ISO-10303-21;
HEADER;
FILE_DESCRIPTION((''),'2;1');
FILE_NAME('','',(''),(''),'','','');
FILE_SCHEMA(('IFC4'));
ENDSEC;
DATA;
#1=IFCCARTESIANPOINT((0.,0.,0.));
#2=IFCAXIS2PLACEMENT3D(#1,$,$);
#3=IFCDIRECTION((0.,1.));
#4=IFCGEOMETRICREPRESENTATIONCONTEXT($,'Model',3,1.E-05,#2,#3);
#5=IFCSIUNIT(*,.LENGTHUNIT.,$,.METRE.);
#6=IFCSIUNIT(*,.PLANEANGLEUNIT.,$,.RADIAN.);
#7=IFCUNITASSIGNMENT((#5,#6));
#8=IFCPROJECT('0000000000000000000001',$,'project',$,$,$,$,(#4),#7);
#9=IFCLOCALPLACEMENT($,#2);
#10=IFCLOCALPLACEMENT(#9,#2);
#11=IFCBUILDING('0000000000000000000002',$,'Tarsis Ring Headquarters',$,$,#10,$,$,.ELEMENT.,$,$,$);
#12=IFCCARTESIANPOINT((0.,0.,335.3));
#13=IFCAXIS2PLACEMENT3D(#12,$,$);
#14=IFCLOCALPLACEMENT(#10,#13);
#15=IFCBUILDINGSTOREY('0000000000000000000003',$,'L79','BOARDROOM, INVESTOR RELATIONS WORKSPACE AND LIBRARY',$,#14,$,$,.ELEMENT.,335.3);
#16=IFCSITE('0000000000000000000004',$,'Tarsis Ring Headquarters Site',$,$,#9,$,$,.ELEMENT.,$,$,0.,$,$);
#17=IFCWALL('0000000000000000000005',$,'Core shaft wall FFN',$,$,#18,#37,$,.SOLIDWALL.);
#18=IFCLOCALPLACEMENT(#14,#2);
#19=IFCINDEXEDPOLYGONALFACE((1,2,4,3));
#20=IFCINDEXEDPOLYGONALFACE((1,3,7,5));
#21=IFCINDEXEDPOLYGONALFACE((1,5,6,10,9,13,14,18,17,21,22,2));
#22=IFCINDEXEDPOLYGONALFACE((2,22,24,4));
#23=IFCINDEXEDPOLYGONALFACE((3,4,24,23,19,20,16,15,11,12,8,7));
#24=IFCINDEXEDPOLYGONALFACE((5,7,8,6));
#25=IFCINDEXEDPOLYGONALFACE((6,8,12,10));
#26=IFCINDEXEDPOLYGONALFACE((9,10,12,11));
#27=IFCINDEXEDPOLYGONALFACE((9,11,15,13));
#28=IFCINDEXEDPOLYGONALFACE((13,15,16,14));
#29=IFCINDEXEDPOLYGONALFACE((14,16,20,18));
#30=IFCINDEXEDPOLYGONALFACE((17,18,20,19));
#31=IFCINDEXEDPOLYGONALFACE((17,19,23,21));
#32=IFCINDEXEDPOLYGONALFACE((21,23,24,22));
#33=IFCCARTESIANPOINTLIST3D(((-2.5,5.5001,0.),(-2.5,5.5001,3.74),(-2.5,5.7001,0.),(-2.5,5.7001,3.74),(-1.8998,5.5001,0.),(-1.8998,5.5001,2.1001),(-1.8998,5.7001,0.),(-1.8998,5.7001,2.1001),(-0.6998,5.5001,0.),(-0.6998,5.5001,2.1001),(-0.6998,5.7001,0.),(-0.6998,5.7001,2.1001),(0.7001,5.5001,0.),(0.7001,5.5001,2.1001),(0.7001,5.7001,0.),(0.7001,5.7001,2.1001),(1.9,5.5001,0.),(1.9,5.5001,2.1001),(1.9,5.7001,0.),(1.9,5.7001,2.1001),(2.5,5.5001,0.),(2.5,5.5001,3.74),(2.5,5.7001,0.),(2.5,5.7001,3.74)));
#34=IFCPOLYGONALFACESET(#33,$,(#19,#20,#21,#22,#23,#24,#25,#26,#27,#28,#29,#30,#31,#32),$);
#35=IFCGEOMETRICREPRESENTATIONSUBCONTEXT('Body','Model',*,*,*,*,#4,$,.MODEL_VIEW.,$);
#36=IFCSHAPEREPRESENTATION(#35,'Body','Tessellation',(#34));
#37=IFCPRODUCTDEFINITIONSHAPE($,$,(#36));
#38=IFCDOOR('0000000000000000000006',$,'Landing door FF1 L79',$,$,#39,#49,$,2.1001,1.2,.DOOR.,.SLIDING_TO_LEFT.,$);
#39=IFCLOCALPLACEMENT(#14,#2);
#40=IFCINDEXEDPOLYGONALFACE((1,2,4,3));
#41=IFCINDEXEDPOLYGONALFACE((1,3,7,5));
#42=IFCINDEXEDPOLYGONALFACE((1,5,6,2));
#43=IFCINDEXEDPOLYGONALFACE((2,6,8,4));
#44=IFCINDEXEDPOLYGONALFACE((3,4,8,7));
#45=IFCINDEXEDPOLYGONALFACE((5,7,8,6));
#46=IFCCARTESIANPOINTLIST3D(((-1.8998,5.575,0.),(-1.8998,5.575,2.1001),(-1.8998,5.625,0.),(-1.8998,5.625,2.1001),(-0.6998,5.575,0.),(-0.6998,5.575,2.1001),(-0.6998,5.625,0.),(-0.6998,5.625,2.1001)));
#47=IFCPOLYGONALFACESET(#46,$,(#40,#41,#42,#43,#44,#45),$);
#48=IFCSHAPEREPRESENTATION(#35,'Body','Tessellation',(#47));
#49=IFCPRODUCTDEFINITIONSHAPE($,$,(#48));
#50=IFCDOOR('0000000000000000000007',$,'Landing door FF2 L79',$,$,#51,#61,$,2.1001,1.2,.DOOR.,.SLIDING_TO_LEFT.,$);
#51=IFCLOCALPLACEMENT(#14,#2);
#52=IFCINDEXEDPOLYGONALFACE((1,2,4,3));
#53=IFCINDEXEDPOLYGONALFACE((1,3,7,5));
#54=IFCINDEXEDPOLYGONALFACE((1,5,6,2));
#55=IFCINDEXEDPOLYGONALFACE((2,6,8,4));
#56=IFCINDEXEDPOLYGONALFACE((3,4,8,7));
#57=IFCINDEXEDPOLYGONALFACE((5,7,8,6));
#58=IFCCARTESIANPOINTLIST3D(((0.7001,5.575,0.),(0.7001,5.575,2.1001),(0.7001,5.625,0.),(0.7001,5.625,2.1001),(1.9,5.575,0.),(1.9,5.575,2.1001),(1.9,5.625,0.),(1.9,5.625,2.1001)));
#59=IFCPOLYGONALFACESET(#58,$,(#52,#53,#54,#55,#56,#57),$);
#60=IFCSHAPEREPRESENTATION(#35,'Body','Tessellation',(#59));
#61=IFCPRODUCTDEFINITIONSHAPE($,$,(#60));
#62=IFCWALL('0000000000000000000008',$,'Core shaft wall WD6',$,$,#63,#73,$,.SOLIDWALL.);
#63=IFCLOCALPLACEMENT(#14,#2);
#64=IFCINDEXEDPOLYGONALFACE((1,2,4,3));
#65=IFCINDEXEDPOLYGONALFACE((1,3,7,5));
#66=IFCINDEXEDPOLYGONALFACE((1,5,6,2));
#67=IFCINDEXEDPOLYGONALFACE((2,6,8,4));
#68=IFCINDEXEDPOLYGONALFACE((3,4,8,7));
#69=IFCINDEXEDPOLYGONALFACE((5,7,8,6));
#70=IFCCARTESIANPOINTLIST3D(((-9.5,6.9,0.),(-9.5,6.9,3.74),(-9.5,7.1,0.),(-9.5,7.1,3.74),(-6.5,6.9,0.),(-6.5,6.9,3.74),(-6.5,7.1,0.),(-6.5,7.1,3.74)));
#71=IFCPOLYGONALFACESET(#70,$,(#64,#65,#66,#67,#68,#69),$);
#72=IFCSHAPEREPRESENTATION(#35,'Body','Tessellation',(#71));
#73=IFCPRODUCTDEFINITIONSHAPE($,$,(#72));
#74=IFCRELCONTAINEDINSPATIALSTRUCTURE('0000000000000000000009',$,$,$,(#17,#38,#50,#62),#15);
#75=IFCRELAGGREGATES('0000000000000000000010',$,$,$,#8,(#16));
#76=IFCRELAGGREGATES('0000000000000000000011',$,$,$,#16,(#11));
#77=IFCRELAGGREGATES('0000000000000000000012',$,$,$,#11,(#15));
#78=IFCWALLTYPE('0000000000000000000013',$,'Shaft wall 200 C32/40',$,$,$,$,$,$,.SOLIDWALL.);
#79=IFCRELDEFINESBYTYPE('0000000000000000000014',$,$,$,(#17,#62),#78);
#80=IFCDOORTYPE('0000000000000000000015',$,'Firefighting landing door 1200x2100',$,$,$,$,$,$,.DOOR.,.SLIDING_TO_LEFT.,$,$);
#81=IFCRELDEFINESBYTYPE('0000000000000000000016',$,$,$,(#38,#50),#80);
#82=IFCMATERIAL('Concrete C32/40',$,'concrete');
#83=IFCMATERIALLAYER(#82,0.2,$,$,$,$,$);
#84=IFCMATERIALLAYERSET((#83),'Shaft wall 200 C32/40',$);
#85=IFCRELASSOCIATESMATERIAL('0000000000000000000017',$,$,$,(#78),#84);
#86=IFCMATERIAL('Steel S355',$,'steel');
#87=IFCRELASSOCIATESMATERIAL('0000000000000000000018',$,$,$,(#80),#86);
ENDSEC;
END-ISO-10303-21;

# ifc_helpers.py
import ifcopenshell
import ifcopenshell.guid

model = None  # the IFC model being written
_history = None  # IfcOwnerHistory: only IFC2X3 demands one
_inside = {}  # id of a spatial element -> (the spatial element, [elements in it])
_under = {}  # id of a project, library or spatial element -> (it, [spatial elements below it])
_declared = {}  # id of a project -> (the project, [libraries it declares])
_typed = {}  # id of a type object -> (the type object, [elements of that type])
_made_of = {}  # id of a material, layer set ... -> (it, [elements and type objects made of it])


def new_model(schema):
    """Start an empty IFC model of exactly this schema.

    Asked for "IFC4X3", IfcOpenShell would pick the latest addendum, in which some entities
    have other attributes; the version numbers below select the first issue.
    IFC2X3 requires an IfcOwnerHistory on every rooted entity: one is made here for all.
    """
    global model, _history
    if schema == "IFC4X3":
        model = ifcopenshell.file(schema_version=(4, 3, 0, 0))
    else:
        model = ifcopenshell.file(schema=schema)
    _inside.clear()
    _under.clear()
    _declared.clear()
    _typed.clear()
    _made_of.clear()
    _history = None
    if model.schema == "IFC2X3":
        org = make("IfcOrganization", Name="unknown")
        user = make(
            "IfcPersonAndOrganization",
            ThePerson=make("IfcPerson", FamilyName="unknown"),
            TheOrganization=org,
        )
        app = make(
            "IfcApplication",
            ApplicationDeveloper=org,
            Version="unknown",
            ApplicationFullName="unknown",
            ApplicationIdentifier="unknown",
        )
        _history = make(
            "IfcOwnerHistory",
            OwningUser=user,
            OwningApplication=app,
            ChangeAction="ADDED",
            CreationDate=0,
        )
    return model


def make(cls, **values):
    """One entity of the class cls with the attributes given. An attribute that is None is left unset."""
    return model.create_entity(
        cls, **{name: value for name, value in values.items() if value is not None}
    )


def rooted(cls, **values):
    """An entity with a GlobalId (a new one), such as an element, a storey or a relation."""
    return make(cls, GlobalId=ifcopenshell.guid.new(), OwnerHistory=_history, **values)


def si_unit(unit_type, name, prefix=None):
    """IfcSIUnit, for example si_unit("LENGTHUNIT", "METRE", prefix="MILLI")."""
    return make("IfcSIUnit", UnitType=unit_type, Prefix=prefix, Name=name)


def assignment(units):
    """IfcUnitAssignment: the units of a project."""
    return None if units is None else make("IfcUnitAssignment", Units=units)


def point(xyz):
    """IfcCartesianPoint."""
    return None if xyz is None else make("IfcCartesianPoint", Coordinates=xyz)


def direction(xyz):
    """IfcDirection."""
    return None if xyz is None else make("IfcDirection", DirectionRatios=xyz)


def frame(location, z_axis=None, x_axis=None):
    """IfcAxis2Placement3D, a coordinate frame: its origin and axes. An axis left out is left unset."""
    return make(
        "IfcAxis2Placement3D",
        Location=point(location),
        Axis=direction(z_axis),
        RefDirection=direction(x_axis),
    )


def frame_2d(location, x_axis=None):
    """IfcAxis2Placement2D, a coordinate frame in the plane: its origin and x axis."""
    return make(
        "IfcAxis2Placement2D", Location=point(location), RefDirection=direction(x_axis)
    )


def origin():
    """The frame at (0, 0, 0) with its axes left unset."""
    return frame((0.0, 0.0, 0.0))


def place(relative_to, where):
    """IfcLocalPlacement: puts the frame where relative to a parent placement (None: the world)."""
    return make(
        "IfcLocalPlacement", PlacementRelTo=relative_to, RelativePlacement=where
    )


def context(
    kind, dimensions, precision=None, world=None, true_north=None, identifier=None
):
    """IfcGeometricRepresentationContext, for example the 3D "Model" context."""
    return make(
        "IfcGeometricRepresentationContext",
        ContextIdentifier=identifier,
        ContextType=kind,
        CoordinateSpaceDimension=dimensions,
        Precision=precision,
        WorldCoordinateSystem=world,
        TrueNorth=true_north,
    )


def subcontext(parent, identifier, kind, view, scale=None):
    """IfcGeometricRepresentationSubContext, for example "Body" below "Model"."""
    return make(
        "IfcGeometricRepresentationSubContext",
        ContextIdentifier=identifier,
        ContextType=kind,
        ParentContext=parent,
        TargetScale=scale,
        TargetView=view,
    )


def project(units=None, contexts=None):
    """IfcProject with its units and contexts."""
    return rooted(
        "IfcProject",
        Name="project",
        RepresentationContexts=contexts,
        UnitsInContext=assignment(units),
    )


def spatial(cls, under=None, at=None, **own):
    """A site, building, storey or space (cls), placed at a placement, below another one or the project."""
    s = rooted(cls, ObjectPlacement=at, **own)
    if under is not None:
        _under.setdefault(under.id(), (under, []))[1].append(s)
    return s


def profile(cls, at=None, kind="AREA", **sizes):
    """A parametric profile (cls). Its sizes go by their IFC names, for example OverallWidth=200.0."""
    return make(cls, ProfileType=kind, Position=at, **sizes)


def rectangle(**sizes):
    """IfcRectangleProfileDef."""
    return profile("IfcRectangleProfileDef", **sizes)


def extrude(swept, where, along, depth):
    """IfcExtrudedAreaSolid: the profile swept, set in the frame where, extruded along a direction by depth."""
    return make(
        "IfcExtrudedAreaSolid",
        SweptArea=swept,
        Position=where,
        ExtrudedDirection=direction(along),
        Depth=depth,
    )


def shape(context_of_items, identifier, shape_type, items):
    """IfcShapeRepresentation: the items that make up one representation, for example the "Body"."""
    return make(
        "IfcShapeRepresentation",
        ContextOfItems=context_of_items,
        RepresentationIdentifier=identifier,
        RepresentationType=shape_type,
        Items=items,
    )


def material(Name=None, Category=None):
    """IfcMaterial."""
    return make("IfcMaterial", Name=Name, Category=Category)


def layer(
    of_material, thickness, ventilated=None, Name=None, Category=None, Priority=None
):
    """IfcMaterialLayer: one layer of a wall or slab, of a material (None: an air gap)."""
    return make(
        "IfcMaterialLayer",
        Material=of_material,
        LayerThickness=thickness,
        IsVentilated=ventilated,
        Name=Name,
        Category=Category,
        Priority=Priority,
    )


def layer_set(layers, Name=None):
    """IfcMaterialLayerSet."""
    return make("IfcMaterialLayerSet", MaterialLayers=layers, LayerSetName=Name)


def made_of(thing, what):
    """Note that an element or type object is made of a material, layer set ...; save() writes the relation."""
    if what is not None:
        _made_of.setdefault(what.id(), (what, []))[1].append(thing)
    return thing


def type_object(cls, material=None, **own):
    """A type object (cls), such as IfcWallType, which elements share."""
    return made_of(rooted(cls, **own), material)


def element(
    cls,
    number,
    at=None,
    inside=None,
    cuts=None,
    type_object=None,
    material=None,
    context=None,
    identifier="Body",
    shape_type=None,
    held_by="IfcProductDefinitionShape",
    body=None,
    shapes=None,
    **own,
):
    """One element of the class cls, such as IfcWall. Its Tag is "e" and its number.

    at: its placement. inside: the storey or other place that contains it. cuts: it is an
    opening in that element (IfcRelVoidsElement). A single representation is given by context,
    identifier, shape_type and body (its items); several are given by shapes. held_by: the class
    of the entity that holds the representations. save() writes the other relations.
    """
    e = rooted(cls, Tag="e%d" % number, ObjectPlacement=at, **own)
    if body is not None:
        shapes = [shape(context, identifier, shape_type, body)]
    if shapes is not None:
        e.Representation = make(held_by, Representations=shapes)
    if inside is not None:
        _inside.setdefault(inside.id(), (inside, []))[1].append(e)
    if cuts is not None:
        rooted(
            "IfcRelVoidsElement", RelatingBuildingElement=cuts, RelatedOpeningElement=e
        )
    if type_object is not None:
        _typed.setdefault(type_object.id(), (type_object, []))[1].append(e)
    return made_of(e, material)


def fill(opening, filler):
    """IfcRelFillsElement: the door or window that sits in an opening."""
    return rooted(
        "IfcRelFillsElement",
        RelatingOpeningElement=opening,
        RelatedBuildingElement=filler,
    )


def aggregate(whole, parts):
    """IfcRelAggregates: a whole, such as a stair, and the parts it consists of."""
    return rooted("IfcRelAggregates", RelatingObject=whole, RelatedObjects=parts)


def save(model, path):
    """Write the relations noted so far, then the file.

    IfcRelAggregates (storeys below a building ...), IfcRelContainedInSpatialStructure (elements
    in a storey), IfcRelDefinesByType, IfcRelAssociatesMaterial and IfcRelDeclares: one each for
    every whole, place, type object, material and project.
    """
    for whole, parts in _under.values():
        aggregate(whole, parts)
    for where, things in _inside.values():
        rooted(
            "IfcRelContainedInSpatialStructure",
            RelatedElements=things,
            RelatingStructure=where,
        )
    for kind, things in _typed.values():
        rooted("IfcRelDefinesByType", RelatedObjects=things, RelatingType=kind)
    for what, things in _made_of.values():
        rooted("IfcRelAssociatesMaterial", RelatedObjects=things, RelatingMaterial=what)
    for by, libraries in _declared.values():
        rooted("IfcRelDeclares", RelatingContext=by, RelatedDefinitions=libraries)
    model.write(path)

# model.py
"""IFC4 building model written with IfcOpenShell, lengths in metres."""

from ifc_helpers import new_model, si_unit, direction, frame, frame_2d, origin, place, context, subcontext, project, spatial, rectangle, extrude, material, layer, layer_set, type_object, element, fill, save


model = new_model("IFC4")

# Units and contexts
model_context = context("Model", 3, precision=1e-05, world=origin(), true_north=direction((0.0, 1.0)))
body_context = subcontext(model_context, "Body", "Model", "MODEL_VIEW")
ifc_project = project(units=[si_unit("LENGTHUNIT", "METRE"), si_unit("PLANEANGLEUNIT", "RADIAN")], contexts=[model_context])

# Site, building, storey
site_placement = place(None, origin())
site = spatial("IfcSite", under=ifc_project, at=site_placement, Name="Tarsis Ring Headquarters Site", CompositionType="ELEMENT", RefElevation=0.0)
building_placement = place(site_placement, origin())
building = spatial("IfcBuilding", under=site, at=building_placement, Name="Tarsis Ring Headquarters", CompositionType="ELEMENT")
storey_placement = place(building_placement, frame((0.0, 0.0, 335.3)))
storey = spatial("IfcBuildingStorey", under=building, at=storey_placement, Name="L79", Description="BOARDROOM, INVESTOR RELATIONS WORKSPACE AND LIBRARY", CompositionType="ELEMENT", Elevation=335.3)

# Shared definitions
ifc_material_1 = material(Name="Steel S355", Category="steel")

# Shared definitions
ifc_material_2 = material(Name="Concrete C32/40", Category="concrete")

# Shared definitions
ifc_layer_1 = layer(ifc_material_2, 0.2)
ifc_layer_set_1 = layer_set([ifc_layer_1], Name="Shaft wall 200 C32/40")
wall_type_1 = type_object("IfcWallType", Name="Shaft wall 200 C32/40", PredefinedType="SOLIDWALL", material=ifc_layer_set_1)

# Wall, openings, doors
wall_1_placement = place(storey_placement, frame((-2.5, 5.6001, 0.0), z_axis=(0.0, 0.0, 1.0), x_axis=(1.0, 0.0, 0.0)))
wall_1 = element("IfcWall", 1, at=wall_1_placement, inside=storey, type_object=wall_type_1, Name="Core shaft wall FFN", PredefinedType="SOLIDWALL", context=body_context, shape_type="SweptSolid", body=[
    extrude(rectangle(XDim=5.0, YDim=0.2, at=frame_2d((2.5, 0.0))), origin(), (0.0, 0.0, 1.0), 3.74),
])
opening_1_placement = place(wall_1_placement, frame((0.6001, 0.0, 0.0)))
opening_1 = element("IfcOpeningElement", 2, at=opening_1_placement, cuts=wall_1, PredefinedType="OPENING", context=body_context, shape_type="SweptSolid", body=[
    extrude(rectangle(XDim=1.2, YDim=2.1001, at=frame_2d((0.6001, 1.05))), frame((0.0, 0.1099, 0.0), z_axis=(0.0, -1.0, 0.0), x_axis=(1.0, 0.0, 0.0)), (0.0, 0.0, 1.0), 0.22),
])
opening_2_placement = place(wall_1_placement, frame((3.2, 0.0, 0.0)))
opening_2 = element("IfcOpeningElement", 3, at=opening_2_placement, cuts=wall_1, PredefinedType="OPENING", context=body_context, shape_type="SweptSolid", body=[
    extrude(rectangle(XDim=1.2, YDim=2.1001, at=frame_2d((0.6001, 1.05))), frame((0.0, 0.1099, 0.0), z_axis=(0.0, -1.0, 0.0), x_axis=(1.0, 0.0, 0.0)), (0.0, 0.0, 1.0), 0.22),
])
door_type_1 = type_object("IfcDoorType", Name="Firefighting landing door 1200x2100", OperationType="SLIDING_TO_LEFT", PredefinedType="DOOR", material=ifc_material_1)
door_1_placement = place(opening_1_placement, origin())
door_1 = element("IfcDoor", 4, at=door_1_placement, inside=storey, type_object=door_type_1, Name="Landing door FF1 L79", OperationType="SLIDING_TO_LEFT", OverallHeight=2.1001, OverallWidth=1.2, PredefinedType="DOOR", context=body_context, shape_type="SweptSolid", body=[
    extrude(rectangle(XDim=1.2, YDim=2.1001, at=frame_2d((0.6001, 1.05))), frame((0.0, 0.0249, 0.0), z_axis=(0.0, -1.0, 0.0), x_axis=(1.0, 0.0, 0.0)), (0.0, 0.0, 1.0), 0.05),
])
fill(opening_1, door_1)
door_2_placement = place(opening_2_placement, origin())
door_2 = element("IfcDoor", 5, at=door_2_placement, inside=storey, type_object=door_type_1, Name="Landing door FF2 L79", OperationType="SLIDING_TO_LEFT", OverallHeight=2.1001, OverallWidth=1.2, PredefinedType="DOOR", context=body_context, shape_type="SweptSolid", body=[
    extrude(rectangle(XDim=1.2, YDim=2.1001, at=frame_2d((0.6001, 1.05))), frame((0.0, 0.0249, 0.0), z_axis=(0.0, -1.0, 0.0), x_axis=(1.0, 0.0, 0.0)), (0.0, 0.0, 1.0), 0.05),
])
fill(opening_2, door_2)

# Wall
wall_2_placement = place(storey_placement, frame((-9.5, 7.0, 0.0), z_axis=(0.0, 0.0, 1.0), x_axis=(1.0, 0.0, 0.0)))
element("IfcWall", 6, at=wall_2_placement, inside=storey, type_object=wall_type_1, Name="Core shaft wall WD6", PredefinedType="SOLIDWALL", context=body_context, shape_type="SweptSolid", body=[
    extrude(rectangle(XDim=3.0, YDim=0.2, at=frame_2d((1.5, 0.0))), origin(), (0.0, 0.0, 1.0), 3.74),
])

save(model, "model.ifc")
